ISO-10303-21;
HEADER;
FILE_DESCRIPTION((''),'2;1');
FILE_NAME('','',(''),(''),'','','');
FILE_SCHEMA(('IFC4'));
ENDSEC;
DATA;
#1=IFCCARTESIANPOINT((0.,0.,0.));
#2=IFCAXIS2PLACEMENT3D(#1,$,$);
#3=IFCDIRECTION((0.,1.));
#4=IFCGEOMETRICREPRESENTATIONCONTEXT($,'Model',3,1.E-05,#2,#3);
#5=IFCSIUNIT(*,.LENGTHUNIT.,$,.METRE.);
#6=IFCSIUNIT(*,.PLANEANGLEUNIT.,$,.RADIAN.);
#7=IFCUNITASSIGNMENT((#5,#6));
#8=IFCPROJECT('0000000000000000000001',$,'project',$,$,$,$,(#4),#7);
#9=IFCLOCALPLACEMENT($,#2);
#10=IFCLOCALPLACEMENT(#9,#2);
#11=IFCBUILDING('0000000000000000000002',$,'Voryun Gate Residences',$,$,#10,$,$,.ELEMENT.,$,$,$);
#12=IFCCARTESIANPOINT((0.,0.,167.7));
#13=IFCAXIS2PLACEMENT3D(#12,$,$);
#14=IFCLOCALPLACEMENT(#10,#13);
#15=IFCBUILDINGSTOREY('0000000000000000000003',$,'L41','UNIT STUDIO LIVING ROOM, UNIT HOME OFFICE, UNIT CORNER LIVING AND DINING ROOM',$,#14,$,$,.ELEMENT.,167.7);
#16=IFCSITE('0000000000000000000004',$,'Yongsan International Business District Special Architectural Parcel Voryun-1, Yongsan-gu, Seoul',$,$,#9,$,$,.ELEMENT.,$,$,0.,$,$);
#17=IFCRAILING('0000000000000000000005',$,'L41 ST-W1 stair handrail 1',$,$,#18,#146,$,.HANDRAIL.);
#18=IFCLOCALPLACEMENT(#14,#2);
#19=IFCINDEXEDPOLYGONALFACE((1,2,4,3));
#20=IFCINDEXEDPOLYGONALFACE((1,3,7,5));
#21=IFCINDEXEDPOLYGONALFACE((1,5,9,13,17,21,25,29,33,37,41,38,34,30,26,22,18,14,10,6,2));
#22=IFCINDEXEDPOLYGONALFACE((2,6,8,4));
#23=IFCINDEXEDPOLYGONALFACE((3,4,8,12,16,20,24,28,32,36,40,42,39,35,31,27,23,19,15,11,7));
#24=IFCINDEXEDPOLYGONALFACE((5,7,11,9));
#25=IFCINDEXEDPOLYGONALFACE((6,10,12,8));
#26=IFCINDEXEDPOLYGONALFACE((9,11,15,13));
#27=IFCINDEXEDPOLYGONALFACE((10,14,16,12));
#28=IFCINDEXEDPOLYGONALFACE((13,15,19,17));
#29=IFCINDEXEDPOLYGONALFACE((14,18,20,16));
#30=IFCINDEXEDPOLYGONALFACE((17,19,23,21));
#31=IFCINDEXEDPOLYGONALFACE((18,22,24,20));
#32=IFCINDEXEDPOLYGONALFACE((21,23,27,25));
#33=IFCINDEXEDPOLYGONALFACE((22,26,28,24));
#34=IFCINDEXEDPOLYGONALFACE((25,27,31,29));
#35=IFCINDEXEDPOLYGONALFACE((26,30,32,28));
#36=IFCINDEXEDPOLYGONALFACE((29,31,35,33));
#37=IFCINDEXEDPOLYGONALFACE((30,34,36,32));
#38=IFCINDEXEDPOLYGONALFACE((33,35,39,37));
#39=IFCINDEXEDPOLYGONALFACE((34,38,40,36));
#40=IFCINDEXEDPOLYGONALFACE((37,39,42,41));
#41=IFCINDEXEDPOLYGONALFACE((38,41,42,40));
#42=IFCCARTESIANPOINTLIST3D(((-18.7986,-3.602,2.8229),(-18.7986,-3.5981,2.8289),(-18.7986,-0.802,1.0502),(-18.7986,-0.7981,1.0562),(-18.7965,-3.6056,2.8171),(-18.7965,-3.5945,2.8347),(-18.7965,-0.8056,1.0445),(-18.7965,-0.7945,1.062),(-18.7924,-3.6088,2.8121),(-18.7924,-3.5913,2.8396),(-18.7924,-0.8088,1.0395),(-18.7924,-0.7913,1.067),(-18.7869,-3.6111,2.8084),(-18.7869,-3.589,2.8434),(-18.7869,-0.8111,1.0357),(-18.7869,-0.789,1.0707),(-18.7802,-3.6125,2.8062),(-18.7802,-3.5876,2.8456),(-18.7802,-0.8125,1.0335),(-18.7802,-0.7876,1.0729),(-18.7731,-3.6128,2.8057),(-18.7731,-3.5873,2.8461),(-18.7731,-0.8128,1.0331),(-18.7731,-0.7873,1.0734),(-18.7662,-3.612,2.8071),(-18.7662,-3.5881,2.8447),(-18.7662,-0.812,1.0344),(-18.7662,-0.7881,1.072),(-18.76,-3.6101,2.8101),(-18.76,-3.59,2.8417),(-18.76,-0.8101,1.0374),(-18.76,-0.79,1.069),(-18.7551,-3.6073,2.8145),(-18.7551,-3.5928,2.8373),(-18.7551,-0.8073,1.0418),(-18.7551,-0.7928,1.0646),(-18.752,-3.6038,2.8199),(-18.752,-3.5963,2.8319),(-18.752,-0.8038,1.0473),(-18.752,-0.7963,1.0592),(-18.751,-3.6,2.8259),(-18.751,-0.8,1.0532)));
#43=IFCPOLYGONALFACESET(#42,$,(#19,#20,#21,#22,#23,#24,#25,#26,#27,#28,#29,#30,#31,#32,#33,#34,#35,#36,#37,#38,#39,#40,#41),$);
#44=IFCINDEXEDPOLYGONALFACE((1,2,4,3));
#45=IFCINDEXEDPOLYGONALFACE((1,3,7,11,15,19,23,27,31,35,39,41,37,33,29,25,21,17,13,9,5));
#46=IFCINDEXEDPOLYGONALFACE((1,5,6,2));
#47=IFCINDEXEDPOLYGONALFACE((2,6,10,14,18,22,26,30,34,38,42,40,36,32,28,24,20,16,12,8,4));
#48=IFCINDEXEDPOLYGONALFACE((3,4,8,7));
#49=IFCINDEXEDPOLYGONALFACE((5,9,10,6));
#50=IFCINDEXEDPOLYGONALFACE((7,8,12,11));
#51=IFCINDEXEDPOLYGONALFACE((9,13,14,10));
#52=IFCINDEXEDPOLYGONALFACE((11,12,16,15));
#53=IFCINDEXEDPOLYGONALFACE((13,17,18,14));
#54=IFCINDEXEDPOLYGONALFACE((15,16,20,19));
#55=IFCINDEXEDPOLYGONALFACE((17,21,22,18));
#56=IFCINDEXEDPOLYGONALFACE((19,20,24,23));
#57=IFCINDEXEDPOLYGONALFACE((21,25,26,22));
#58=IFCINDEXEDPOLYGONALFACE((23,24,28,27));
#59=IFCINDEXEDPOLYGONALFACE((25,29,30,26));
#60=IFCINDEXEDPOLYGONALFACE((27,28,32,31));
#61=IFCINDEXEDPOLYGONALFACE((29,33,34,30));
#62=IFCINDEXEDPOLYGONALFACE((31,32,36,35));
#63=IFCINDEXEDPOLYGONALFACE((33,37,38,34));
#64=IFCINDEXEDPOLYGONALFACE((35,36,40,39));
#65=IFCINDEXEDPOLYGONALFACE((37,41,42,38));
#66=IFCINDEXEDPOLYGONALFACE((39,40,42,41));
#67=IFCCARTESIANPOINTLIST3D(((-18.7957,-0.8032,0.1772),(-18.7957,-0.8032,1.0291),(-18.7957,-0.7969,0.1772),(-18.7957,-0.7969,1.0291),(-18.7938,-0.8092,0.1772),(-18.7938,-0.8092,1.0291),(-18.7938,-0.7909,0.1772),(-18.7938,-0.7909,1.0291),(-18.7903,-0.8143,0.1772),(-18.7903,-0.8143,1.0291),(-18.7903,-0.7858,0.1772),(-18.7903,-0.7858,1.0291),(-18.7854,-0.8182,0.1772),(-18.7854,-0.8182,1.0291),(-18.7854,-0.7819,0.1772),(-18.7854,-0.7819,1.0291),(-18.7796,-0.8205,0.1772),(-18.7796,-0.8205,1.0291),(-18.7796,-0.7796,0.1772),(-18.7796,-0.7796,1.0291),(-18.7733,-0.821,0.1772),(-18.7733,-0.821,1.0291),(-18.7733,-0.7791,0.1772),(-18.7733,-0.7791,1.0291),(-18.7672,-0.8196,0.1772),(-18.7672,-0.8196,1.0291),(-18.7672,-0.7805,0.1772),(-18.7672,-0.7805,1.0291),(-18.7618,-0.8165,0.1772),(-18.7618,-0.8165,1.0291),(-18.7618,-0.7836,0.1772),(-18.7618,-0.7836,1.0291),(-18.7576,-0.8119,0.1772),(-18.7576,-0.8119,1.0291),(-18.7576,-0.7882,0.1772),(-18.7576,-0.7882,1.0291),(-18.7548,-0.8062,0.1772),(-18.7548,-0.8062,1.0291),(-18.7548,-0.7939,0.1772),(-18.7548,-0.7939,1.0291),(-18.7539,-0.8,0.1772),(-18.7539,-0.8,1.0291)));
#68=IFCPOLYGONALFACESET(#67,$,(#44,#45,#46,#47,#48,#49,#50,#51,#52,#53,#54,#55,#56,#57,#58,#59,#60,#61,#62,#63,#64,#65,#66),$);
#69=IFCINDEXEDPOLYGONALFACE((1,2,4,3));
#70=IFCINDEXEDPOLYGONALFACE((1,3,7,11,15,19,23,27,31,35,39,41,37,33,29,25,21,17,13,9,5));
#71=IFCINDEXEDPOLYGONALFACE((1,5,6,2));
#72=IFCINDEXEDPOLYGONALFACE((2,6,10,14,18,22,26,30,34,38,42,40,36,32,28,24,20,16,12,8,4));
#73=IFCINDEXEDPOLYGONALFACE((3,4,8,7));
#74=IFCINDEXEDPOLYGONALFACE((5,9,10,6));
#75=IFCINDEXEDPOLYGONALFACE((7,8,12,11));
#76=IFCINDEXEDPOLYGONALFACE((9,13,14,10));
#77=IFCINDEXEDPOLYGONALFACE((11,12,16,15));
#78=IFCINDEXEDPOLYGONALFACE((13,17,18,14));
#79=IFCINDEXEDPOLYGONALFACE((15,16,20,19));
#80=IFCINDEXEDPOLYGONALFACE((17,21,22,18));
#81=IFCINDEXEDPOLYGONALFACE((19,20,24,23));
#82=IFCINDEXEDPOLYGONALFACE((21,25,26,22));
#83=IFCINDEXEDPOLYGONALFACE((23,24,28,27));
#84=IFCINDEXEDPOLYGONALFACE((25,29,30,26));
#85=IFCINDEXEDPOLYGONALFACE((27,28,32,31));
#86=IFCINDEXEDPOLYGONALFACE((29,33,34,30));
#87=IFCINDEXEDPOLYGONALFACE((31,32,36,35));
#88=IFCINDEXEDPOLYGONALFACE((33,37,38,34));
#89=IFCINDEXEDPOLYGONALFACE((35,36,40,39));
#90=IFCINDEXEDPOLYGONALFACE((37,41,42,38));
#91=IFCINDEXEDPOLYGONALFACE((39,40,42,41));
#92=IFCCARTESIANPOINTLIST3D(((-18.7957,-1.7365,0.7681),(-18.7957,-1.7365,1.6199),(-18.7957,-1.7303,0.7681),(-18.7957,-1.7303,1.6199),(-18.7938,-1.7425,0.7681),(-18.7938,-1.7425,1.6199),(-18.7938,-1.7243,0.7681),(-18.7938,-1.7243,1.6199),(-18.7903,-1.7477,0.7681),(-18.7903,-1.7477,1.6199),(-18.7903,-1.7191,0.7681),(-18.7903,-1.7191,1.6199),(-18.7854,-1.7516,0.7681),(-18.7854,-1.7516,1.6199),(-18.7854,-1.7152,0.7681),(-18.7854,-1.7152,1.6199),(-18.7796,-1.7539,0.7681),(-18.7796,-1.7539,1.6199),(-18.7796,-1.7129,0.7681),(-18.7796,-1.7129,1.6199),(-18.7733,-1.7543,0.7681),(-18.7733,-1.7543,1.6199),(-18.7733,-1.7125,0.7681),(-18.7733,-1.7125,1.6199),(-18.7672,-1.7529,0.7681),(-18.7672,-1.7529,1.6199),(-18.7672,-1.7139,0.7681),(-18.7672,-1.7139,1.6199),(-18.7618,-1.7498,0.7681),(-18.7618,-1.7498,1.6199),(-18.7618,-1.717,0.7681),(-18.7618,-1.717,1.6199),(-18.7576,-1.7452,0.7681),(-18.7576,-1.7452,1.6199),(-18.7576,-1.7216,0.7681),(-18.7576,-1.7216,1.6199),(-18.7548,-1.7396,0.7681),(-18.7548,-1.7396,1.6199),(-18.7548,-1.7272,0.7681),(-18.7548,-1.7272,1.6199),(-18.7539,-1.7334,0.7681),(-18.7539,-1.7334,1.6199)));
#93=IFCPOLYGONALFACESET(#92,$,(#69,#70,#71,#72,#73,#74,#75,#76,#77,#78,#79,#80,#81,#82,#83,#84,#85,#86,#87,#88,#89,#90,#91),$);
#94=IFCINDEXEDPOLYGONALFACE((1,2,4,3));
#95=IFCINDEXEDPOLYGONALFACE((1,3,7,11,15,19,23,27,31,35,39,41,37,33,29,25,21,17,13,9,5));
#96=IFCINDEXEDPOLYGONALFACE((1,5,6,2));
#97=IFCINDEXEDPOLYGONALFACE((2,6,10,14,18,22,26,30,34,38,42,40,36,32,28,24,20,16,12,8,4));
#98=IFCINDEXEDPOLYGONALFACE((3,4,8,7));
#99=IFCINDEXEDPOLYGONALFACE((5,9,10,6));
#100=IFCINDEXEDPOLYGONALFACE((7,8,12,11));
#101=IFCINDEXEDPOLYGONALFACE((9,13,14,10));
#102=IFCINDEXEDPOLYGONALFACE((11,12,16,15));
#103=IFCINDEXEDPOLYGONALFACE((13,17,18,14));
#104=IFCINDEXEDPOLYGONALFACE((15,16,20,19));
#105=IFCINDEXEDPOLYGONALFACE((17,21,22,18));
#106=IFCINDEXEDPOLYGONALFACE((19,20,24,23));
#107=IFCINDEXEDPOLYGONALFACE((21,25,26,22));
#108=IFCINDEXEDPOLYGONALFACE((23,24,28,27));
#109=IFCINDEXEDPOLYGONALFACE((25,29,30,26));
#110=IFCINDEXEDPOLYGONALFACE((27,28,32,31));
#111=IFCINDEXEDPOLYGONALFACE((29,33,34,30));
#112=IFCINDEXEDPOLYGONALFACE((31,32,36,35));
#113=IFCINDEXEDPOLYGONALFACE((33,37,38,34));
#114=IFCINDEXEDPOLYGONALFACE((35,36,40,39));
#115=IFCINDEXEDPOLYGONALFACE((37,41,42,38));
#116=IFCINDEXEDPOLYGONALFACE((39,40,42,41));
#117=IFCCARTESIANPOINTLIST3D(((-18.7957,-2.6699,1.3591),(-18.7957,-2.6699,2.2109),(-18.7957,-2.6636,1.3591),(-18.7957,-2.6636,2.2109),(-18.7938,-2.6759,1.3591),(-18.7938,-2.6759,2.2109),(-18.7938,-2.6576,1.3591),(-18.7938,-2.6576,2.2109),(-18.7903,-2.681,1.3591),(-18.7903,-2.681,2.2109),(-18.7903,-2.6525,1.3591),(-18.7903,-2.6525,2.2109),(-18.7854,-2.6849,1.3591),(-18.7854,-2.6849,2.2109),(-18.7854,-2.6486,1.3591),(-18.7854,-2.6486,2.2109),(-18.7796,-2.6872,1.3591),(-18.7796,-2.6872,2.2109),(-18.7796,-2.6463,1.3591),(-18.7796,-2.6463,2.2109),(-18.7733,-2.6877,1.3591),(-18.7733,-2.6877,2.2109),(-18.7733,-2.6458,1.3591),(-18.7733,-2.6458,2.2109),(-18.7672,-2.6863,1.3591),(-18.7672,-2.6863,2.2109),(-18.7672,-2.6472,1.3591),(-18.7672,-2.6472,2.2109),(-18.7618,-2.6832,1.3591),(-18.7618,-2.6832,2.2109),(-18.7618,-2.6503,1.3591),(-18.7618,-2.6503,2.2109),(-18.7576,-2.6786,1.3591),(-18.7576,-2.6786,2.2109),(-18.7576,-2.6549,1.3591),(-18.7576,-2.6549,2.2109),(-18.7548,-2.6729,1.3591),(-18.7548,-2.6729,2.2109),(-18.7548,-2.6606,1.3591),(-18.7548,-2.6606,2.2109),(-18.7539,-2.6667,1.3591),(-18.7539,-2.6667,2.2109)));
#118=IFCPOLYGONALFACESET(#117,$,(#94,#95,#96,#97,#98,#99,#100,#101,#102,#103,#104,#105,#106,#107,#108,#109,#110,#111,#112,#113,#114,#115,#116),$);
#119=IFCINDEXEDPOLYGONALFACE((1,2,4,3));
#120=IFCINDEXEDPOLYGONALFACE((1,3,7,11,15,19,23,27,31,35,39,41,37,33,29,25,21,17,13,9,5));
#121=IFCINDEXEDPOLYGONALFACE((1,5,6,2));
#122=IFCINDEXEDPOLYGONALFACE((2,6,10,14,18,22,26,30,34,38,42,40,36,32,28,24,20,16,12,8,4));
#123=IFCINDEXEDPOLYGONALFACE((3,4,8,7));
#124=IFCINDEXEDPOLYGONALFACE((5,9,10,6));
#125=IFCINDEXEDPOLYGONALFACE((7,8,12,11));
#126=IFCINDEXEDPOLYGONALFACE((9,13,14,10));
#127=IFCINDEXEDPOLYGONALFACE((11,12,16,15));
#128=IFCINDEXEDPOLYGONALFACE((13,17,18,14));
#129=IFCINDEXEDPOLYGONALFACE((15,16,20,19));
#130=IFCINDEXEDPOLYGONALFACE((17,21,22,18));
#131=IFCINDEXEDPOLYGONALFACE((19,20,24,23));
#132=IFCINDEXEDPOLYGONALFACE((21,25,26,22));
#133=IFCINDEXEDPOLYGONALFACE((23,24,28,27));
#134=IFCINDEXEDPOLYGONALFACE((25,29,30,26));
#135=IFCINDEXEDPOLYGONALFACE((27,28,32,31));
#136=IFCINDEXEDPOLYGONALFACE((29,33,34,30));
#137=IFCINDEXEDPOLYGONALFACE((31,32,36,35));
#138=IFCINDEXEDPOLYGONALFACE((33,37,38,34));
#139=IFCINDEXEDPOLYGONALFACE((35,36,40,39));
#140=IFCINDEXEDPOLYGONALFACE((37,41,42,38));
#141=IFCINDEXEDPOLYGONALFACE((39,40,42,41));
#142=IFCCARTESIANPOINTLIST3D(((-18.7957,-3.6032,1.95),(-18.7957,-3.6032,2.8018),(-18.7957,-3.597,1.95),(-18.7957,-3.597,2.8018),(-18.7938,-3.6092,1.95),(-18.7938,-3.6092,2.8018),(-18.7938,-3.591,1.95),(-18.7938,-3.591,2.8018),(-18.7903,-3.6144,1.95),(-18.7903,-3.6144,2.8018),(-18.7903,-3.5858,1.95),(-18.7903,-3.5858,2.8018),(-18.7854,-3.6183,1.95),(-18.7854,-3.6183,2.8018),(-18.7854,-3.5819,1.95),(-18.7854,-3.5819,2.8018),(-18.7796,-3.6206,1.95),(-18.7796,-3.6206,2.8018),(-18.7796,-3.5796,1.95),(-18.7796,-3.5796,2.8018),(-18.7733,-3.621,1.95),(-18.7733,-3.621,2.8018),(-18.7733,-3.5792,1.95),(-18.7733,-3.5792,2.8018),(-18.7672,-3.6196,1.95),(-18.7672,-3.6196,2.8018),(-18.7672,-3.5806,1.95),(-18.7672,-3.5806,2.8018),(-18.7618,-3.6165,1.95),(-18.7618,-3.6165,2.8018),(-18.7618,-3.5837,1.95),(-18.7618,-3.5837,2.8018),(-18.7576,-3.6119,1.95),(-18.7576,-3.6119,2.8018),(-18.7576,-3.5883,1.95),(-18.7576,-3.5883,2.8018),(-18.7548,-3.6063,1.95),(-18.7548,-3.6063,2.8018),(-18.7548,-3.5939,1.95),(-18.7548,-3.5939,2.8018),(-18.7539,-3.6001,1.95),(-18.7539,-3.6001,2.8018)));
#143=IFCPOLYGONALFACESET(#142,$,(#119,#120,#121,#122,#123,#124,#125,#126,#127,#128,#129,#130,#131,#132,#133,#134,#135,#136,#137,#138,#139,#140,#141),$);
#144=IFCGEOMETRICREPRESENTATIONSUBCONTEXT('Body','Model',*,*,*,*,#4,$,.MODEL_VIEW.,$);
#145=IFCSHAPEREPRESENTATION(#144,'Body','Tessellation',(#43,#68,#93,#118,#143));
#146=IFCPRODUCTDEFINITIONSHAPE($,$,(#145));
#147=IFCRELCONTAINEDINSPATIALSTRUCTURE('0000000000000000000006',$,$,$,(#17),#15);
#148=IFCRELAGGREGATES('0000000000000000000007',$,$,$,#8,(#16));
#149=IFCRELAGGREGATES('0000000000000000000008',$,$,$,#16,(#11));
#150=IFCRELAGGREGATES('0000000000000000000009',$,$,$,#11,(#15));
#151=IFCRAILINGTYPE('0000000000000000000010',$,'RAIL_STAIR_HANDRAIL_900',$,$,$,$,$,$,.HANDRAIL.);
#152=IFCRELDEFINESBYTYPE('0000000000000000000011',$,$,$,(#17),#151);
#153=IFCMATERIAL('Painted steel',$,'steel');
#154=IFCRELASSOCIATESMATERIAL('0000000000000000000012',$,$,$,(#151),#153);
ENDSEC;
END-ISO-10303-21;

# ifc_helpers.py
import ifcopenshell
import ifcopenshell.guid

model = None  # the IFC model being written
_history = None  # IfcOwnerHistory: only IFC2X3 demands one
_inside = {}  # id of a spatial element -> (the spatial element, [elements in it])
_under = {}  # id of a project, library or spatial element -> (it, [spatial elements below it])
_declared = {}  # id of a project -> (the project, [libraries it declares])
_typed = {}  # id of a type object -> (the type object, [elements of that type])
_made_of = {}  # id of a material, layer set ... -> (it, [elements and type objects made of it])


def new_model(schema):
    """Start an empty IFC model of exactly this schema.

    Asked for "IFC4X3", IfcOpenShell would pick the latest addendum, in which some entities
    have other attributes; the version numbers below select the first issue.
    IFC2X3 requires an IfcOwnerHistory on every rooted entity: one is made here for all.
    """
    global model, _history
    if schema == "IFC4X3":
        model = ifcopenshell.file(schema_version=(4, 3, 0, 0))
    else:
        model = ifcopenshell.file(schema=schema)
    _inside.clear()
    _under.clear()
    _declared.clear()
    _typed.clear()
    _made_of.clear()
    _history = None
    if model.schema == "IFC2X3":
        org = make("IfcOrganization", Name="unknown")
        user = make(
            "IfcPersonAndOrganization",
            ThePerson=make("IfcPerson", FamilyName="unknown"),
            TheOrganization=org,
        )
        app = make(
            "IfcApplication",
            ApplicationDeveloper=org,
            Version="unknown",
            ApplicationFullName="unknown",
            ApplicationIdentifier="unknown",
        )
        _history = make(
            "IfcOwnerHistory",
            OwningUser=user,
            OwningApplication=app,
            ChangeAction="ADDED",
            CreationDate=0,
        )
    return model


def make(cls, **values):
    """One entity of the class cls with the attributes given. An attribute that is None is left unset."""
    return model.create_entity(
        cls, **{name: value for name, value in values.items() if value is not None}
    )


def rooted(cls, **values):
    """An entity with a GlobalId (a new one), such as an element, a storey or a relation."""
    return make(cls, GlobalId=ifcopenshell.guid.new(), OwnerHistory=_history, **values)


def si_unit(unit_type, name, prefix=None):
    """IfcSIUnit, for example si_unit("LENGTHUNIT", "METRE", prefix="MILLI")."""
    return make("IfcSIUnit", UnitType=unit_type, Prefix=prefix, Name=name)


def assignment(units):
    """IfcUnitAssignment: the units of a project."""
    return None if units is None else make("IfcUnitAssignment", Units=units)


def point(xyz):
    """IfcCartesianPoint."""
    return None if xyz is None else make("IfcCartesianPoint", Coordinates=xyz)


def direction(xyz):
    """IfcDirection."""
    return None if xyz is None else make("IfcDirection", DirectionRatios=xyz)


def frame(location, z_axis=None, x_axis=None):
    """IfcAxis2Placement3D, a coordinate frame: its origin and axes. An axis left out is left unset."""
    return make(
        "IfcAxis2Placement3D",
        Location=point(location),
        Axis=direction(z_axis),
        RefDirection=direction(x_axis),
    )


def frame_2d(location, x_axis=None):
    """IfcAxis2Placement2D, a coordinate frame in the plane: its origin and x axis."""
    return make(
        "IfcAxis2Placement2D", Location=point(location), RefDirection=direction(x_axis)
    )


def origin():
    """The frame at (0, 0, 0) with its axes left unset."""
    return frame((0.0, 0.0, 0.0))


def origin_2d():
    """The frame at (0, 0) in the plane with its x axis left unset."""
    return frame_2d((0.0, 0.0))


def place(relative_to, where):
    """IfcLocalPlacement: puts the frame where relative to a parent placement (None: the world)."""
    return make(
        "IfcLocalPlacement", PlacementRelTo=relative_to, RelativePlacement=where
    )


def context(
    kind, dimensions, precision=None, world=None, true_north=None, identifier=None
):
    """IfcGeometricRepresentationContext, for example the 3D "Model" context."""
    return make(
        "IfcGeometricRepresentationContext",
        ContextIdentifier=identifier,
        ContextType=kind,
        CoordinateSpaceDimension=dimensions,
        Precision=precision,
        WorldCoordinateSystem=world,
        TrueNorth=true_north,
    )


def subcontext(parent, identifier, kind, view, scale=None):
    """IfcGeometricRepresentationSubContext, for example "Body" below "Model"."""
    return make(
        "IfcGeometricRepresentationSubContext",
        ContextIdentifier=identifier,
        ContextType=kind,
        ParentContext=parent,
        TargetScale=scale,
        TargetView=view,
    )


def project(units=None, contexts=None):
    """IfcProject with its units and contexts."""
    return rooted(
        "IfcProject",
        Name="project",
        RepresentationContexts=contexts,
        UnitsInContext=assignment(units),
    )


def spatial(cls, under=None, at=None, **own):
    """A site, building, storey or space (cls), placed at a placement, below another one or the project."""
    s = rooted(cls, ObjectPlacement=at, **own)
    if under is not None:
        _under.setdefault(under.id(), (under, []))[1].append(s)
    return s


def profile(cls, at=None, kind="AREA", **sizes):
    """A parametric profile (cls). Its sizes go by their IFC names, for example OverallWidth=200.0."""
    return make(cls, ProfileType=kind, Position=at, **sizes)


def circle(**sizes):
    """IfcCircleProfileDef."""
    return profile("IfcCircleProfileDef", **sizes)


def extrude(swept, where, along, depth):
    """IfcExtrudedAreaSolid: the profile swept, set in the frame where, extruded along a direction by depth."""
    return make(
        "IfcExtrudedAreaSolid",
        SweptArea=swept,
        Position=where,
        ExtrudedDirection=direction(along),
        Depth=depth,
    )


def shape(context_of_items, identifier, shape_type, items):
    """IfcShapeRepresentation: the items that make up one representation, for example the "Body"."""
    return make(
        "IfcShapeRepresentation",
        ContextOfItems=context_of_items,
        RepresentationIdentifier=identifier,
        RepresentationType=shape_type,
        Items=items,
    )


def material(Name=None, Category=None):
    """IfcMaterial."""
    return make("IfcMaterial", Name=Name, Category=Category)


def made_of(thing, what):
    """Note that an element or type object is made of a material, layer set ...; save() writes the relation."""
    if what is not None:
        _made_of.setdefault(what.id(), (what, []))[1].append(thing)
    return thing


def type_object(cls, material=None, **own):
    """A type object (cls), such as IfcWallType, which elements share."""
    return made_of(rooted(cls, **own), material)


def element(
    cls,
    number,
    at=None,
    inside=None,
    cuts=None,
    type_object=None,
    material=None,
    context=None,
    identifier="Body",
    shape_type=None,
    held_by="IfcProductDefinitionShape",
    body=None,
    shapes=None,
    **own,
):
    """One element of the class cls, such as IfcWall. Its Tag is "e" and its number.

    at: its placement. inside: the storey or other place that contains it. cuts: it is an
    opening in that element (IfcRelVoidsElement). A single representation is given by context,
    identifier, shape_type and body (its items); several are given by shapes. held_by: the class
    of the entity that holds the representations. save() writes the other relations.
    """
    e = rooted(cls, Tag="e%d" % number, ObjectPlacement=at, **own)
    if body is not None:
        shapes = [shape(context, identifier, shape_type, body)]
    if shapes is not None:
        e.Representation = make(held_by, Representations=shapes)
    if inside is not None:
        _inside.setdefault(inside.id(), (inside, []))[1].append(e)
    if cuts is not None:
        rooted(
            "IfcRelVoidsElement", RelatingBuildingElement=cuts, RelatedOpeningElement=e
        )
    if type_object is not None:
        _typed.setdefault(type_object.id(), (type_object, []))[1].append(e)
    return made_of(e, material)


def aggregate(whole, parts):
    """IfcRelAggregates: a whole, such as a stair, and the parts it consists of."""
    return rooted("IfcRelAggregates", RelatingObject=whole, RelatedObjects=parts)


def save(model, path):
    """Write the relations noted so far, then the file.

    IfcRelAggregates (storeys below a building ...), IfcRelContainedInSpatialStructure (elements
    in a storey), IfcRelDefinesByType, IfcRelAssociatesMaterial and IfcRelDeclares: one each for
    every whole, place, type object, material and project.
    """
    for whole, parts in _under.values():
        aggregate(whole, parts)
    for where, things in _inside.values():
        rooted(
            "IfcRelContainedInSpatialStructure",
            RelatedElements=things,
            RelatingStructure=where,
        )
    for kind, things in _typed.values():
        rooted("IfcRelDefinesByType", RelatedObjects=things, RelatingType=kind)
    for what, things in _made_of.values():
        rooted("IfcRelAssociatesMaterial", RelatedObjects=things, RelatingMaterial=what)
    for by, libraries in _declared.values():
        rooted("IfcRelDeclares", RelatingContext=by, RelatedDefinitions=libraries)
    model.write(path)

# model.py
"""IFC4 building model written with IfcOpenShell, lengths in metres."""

from ifc_helpers import new_model, si_unit, direction, frame, origin, origin_2d, place, context, subcontext, project, spatial, circle, extrude, material, type_object, element, save


model = new_model("IFC4")

# Units and contexts
model_context = context("Model", 3, precision=1e-05, world=origin(), true_north=direction((0.0, 1.0)))
body_context = subcontext(model_context, "Body", "Model", "MODEL_VIEW")
ifc_project = project(units=[si_unit("LENGTHUNIT", "METRE"), si_unit("PLANEANGLEUNIT", "RADIAN")], contexts=[model_context])

# Site, building, storey
site_placement = place(None, origin())
site = spatial("IfcSite", under=ifc_project, at=site_placement, Name="Yongsan International Business District Special Architectural Parcel Voryun-1, Yongsan-gu, Seoul", CompositionType="ELEMENT", RefElevation=0.0)
building_placement = place(site_placement, origin())
building = spatial("IfcBuilding", under=site, at=building_placement, Name="Voryun Gate Residences", CompositionType="ELEMENT")
storey_placement = place(building_placement, frame((0.0, 0.0, 167.7)))
storey = spatial("IfcBuildingStorey", under=building, at=storey_placement, Name="L41", Description="UNIT STUDIO LIVING ROOM, UNIT HOME OFFICE, UNIT CORNER LIVING AND DINING ROOM", CompositionType="ELEMENT", Elevation=167.7)

# Railing
ifc_material_1 = material(Name="Painted steel", Category="steel")
railing_type_1 = type_object("IfcRailingType", Name="RAIL_STAIR_HANDRAIL_900", PredefinedType="HANDRAIL", material=ifc_material_1)
railing_1_placement = place(storey_placement, frame((-18.7749, -0.8, 0.1772)))
element("IfcRailing", 1, at=railing_1_placement, inside=storey, type_object=railing_type_1, Name="L41 ST-W1 stair handrail 1", PredefinedType="HANDRAIL", context=body_context, shape_type="SweptSolid", body=[
    extrude(circle(Radius=0.0239, at=origin_2d()), frame((0.0, 0.0, 0.876), z_axis=(0.0, -0.844909, 0.53491), x_axis=(1.0, 0.0, 0.0)), (0.0, 0.0, 1.0), 3.314),
    extrude(circle(Radius=0.021, at=origin_2d()), origin(), (0.0, 0.0, 1.0), 0.8518),
    extrude(circle(Radius=0.021, at=origin_2d()), frame((0.0, -0.9333, 0.5908)), (0.0, 0.0, 1.0), 0.8518),
    extrude(circle(Radius=0.021, at=origin_2d()), frame((0.0, -1.8667, 1.1819)), (0.0, 0.0, 1.0), 0.8518),
    extrude(circle(Radius=0.021, at=origin_2d()), frame((0.0, -2.8, 1.7727)), (0.0, 0.0, 1.0), 0.8518),
])

save(model, "model.ifc")
